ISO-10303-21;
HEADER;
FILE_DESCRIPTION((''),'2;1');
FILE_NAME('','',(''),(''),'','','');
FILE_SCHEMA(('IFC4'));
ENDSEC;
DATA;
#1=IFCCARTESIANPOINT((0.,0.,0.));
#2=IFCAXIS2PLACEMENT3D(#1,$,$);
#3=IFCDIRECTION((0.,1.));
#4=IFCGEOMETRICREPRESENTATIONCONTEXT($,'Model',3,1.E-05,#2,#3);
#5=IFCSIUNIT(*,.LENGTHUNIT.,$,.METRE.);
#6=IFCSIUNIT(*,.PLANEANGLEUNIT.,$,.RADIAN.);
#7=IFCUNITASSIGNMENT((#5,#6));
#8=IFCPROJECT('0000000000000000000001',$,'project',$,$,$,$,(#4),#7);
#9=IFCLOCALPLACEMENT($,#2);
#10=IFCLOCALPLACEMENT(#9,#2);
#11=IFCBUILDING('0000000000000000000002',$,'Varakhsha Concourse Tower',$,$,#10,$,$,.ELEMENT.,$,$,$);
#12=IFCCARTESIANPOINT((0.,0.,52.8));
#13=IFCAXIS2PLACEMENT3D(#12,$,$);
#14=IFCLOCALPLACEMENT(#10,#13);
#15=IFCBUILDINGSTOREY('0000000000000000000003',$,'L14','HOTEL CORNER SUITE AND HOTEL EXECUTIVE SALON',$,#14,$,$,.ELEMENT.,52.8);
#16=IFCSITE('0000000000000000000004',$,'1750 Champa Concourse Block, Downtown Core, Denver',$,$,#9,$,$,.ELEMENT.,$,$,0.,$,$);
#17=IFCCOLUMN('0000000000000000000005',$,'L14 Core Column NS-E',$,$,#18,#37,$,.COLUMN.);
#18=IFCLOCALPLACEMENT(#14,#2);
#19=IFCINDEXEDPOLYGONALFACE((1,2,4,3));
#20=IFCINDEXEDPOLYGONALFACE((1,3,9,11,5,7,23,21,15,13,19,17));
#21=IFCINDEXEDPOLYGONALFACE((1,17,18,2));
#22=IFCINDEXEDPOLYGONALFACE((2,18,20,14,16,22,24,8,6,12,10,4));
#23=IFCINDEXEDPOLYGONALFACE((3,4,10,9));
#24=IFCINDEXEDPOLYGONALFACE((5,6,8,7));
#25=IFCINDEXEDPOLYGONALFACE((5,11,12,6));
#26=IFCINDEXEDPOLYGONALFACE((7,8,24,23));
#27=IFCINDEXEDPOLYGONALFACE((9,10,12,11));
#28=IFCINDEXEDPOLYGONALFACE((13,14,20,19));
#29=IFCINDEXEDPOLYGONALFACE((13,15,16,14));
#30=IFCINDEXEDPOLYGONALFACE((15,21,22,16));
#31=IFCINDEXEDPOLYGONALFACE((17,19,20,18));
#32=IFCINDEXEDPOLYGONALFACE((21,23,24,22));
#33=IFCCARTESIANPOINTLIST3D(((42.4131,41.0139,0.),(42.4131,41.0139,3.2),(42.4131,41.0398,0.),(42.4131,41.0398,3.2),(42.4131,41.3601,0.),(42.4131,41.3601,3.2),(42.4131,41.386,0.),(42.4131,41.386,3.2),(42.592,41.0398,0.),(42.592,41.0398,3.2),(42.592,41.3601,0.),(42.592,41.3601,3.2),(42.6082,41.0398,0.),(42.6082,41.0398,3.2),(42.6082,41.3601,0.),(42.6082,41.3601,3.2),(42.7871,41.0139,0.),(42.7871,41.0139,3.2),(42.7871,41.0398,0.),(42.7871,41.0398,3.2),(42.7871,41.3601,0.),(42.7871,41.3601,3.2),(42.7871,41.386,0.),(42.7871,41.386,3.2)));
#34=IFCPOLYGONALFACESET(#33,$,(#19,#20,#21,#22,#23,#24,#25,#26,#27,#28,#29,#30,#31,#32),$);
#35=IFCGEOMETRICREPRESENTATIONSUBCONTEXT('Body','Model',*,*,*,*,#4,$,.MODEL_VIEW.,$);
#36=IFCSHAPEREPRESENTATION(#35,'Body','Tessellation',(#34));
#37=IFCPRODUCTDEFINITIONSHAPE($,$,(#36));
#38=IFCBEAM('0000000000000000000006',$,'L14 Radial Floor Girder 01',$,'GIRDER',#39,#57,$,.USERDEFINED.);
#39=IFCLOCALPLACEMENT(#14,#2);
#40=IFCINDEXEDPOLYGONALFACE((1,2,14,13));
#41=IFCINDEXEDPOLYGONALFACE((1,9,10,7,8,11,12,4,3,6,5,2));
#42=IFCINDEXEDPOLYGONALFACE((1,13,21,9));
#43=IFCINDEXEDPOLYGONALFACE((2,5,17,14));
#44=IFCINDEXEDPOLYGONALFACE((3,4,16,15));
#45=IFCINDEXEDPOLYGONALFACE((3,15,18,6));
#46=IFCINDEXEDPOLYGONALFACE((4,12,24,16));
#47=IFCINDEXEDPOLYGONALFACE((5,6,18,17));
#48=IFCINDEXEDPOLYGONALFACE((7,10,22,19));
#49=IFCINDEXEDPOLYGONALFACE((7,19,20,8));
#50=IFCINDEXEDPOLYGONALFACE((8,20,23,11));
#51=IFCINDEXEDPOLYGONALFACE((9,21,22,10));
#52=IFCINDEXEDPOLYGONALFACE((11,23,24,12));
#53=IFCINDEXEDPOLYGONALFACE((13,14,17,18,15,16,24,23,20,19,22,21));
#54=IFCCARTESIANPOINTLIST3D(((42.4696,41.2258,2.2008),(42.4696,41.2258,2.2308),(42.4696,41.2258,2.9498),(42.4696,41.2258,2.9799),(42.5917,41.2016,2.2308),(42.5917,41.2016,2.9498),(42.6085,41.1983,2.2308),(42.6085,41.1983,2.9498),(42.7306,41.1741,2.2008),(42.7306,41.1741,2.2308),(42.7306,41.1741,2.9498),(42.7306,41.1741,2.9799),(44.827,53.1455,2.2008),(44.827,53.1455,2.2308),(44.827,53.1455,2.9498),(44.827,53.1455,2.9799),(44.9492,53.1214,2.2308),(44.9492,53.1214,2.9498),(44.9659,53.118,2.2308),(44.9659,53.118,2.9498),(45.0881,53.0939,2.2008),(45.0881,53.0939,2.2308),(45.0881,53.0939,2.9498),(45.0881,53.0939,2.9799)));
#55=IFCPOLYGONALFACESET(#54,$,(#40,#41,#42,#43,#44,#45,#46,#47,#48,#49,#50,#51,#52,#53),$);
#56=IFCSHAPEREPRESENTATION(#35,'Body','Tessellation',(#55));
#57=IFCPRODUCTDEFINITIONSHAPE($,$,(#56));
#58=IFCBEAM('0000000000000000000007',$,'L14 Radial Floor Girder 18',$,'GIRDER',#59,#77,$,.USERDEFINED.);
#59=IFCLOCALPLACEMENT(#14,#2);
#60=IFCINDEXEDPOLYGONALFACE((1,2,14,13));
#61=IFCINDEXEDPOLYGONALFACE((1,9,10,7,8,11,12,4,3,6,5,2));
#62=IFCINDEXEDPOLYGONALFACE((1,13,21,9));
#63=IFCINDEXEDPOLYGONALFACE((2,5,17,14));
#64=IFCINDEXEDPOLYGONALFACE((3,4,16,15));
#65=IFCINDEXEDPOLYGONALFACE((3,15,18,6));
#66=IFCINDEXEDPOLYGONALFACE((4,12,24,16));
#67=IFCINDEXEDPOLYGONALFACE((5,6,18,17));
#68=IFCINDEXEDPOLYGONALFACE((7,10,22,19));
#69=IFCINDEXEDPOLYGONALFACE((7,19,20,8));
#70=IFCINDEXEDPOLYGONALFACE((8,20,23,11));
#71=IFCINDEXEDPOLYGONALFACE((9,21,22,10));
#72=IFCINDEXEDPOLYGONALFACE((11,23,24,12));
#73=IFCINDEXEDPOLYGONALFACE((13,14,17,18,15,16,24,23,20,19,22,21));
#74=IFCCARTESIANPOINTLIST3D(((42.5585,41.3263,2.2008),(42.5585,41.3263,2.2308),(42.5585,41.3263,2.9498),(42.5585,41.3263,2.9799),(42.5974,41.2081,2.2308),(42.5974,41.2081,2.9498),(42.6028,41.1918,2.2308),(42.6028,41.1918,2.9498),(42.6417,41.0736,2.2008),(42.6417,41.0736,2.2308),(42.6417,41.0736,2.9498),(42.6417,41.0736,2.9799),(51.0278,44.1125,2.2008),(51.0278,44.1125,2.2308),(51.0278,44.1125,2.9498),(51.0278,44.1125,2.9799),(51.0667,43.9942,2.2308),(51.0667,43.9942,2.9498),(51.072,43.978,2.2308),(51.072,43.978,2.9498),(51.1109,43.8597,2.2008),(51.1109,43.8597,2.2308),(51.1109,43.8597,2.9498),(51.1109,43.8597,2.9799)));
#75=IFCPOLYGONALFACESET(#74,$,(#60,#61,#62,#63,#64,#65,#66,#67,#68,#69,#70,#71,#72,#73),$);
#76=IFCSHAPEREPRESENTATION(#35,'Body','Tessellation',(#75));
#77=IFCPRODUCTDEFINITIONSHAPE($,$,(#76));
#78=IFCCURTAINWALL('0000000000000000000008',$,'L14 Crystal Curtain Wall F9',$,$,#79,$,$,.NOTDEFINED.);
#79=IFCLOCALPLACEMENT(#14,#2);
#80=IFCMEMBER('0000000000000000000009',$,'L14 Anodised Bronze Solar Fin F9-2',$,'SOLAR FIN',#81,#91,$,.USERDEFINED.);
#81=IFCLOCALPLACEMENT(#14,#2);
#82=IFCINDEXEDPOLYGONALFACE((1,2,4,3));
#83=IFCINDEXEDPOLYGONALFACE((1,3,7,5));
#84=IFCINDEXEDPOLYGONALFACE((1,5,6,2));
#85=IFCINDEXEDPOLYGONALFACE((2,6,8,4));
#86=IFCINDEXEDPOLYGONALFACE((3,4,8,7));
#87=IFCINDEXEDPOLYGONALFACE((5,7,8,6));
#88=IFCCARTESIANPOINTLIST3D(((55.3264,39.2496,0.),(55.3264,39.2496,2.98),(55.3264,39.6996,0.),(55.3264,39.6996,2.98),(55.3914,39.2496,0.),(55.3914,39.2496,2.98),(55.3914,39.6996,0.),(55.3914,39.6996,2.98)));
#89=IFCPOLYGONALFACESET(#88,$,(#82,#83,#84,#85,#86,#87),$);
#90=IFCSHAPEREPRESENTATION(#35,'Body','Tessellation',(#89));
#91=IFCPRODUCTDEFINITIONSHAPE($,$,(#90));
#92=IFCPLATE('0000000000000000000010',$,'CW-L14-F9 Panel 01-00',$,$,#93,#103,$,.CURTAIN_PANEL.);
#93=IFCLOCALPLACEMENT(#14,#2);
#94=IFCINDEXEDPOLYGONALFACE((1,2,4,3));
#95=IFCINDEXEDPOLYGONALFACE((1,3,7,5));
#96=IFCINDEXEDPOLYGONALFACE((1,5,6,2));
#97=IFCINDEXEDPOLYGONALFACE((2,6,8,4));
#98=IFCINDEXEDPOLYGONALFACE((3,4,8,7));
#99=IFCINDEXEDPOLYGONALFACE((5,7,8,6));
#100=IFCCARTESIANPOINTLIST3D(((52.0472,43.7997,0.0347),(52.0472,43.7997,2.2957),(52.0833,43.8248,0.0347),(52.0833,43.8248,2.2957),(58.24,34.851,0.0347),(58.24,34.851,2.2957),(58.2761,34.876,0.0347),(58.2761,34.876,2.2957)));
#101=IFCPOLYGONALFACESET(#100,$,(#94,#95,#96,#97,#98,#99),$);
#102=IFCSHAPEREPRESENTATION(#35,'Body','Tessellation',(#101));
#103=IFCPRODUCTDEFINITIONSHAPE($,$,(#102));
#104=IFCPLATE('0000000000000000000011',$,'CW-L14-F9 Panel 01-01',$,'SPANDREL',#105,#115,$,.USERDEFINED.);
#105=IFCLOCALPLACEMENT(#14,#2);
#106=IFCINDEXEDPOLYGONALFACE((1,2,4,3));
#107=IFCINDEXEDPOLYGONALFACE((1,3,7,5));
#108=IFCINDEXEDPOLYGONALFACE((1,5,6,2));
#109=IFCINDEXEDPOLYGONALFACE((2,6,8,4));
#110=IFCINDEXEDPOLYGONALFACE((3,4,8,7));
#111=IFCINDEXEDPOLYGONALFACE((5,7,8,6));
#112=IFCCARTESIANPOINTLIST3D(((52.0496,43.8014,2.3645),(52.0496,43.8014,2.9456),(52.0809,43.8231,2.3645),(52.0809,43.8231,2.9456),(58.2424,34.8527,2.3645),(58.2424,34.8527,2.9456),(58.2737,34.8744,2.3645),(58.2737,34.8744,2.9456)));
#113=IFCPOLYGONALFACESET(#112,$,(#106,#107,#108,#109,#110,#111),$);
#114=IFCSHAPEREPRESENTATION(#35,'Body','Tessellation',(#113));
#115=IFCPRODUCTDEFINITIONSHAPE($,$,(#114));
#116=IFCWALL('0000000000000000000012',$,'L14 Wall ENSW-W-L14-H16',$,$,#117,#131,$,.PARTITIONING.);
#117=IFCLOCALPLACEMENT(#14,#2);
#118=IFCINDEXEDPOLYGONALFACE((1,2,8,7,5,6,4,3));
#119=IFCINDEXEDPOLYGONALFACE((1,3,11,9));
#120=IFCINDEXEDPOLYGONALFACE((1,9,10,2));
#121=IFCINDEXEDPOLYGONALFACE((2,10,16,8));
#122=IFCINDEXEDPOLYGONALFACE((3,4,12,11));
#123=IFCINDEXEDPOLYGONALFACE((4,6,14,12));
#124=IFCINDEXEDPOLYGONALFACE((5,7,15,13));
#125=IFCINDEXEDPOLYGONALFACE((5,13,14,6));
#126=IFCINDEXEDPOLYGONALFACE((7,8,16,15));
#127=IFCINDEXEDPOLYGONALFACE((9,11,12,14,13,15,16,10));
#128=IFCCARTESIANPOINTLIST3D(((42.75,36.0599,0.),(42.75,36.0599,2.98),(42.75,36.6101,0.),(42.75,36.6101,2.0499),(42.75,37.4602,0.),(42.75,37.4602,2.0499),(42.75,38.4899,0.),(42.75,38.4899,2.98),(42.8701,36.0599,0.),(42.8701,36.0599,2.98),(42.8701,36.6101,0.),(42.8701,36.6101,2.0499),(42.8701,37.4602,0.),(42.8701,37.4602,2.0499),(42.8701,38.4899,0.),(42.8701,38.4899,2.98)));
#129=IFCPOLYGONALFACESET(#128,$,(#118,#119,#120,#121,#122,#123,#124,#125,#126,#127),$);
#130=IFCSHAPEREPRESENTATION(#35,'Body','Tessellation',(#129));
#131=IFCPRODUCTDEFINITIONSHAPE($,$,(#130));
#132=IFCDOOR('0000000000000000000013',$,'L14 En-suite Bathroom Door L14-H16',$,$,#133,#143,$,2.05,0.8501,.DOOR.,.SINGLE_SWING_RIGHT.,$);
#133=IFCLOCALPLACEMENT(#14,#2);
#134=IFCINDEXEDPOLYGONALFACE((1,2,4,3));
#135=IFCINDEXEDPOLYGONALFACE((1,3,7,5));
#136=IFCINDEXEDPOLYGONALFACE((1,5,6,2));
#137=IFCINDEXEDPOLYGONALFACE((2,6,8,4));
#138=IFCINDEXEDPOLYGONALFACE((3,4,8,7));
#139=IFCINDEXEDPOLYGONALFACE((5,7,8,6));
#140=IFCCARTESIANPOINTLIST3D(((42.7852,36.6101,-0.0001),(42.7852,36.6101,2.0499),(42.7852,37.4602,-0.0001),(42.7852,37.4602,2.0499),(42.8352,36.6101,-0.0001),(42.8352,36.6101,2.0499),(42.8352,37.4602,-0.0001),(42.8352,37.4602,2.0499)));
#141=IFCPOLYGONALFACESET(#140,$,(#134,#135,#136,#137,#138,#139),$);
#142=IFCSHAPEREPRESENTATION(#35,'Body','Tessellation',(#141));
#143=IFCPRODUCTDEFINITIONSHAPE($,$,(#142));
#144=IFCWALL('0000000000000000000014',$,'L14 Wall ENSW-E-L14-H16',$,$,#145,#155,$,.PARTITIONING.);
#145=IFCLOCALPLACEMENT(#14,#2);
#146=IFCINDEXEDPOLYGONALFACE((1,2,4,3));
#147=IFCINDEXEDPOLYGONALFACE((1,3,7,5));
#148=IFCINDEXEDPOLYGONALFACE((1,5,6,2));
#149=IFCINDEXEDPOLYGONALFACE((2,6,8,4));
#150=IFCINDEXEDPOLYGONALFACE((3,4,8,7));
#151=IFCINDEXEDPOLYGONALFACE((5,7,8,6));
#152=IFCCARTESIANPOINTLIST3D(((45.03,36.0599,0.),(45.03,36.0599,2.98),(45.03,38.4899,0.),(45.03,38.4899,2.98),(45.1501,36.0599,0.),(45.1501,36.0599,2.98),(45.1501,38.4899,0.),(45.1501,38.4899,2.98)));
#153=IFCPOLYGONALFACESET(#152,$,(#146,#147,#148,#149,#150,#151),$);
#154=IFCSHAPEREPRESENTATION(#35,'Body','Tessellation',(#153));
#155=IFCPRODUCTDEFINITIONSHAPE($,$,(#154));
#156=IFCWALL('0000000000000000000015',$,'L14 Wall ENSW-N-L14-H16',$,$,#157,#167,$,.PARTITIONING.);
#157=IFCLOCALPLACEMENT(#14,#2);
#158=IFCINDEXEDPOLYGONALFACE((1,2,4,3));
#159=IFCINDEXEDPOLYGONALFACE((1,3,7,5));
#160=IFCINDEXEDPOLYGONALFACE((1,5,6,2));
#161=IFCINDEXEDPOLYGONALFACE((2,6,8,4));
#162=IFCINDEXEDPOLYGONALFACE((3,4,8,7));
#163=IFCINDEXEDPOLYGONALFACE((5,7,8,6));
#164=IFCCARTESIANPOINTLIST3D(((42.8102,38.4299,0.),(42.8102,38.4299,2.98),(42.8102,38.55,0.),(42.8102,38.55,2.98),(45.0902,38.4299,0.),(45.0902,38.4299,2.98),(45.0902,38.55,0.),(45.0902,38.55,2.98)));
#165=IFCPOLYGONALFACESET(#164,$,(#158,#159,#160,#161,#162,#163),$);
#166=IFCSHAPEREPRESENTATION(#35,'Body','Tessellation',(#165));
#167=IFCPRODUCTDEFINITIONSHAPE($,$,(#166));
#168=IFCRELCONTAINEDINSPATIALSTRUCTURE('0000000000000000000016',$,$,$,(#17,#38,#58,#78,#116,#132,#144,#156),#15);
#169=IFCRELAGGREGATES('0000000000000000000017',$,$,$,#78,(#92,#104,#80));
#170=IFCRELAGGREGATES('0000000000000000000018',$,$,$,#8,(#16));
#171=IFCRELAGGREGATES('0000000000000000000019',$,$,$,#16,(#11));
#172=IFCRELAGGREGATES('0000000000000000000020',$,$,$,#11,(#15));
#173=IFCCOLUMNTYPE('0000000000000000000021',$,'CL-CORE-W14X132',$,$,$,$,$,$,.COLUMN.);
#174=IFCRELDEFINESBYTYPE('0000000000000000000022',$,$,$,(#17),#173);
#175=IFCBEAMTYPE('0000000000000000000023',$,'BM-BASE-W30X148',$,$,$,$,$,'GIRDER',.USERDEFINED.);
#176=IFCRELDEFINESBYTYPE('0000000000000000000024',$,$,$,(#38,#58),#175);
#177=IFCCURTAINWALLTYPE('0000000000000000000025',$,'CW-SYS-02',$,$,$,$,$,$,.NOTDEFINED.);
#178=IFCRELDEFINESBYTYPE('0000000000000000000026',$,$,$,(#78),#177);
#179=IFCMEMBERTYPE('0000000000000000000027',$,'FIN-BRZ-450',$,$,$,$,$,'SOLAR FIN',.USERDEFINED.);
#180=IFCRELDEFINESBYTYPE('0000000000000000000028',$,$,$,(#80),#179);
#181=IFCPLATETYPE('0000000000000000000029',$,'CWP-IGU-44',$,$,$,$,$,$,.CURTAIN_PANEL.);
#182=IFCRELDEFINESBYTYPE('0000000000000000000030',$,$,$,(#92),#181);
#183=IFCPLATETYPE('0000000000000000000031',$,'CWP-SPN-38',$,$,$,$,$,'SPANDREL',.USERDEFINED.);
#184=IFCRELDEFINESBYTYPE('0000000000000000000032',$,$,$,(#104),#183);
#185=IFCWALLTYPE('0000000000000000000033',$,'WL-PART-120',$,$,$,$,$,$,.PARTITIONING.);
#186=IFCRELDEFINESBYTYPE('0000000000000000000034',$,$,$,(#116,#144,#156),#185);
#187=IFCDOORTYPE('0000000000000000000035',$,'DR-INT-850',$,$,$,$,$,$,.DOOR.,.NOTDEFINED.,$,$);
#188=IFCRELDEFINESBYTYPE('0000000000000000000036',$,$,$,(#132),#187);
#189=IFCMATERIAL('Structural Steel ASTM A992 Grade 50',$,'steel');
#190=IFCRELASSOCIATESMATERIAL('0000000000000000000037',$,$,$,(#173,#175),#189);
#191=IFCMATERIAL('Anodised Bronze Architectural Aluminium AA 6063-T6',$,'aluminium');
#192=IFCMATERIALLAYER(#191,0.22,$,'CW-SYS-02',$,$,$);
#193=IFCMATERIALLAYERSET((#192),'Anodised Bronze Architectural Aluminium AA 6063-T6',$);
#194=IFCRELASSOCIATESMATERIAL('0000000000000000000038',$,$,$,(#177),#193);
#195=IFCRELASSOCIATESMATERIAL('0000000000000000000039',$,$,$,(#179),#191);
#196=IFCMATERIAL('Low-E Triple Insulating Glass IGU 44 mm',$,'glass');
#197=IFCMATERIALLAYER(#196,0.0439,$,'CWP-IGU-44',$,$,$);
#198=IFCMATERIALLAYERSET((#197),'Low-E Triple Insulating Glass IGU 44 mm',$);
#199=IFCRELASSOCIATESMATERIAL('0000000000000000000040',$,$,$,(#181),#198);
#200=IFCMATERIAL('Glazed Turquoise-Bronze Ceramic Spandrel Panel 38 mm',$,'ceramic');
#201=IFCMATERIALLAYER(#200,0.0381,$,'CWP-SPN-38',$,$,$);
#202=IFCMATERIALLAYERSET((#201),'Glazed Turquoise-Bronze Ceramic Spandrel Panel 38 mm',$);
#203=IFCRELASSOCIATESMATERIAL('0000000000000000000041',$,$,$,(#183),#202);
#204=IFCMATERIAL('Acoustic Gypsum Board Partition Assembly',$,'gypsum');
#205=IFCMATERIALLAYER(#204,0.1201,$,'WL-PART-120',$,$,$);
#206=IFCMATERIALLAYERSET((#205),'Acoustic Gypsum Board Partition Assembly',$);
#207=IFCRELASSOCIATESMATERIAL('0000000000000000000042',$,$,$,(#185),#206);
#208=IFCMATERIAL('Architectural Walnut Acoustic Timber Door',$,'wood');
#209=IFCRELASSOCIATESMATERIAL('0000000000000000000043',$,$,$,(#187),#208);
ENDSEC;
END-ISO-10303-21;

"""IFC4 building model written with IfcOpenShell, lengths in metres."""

from ifc_helpers import new_model, si_unit, direction, frame, frame_2d, origin, origin_2d, place, context, subcontext, project, spatial, rectangle, i_section, extrude, source, transform, mapped, material, layer, layer_set, material_profile, profile_set, type_object, type_shapes, element, fill, aggregate, save


model = new_model("IFC4")

# Units and contexts
model_context = context("Model", 3, precision=1e-05, world=origin(), true_north=direction((0.0, 1.0)))
body_context = subcontext(model_context, "Body", "Model", "MODEL_VIEW")
ifc_project = project(units=[si_unit("LENGTHUNIT", "METRE"), si_unit("PLANEANGLEUNIT", "RADIAN")], contexts=[model_context])

# Site, building, storey
site_placement = place(None, origin())
site = spatial("IfcSite", under=ifc_project, at=site_placement, Name="1750 Champa Concourse Block, Downtown Core, Denver", CompositionType="ELEMENT", RefElevation=0.0)
building_placement = place(site_placement, origin())
building = spatial("IfcBuilding", under=site, at=building_placement, Name="Varakhsha Concourse Tower", CompositionType="ELEMENT")
storey_placement = place(building_placement, frame((0.0, 0.0, 52.8)))
storey = spatial("IfcBuildingStorey", under=building, at=storey_placement, Name="L14", Description="HOTEL CORNER SUITE AND HOTEL EXECUTIVE SALON", CompositionType="ELEMENT", Elevation=52.8)

# Column
ifc_material_1 = material(Name="Structural Steel ASTM A992 Grade 50", Category="steel")
ifc_material_profile_1 = material_profile(ifc_material_1, i_section(OverallWidth=0.374, OverallDepth=0.3721, WebThickness=0.0161, FlangeThickness=0.0259, at=origin_2d()), Name="W14X132")
ifc_profile_set_1 = profile_set([ifc_material_profile_1], Name="Structural Steel ASTM A992 Grade 50")
column_type = type_object("IfcColumnType", Name="CL-CORE-W14X132", PredefinedType="COLUMN", material=ifc_profile_set_1)
column_placement = place(storey_placement, frame((42.6001, 41.2, 0.0), z_axis=(0.0, 0.0, 1.0), x_axis=(1.0, 0.0, 0.0)))
element("IfcColumn", 1, at=column_placement, inside=storey, type_object=column_type, Name="L14 Core Column NS-E", PredefinedType="COLUMN", context=body_context, shape_type="SweptSolid", body=[
    extrude(i_section(OverallWidth=0.374, OverallDepth=0.3721, WebThickness=0.0161, FlangeThickness=0.0259, at=origin_2d()), origin(), (0.0, 0.0, 1.0), 3.2),
])

# Beams
ifc_material_profile_2 = material_profile(ifc_material_1, i_section(OverallWidth=0.2661, OverallDepth=0.7791, WebThickness=0.0171, FlangeThickness=0.03, at=origin_2d()), Name="W30X148")
ifc_profile_set_2 = profile_set([ifc_material_profile_2], Name="Structural Steel ASTM A992 Grade 50")
beam_type = type_object("IfcBeamType", Name="BM-BASE-W30X148", ElementType="GIRDER", PredefinedType="USERDEFINED", material=ifc_profile_set_2)
beam_1_placement = place(storey_placement, frame((42.6001, 41.2, 2.5903), z_axis=(0.194018, 0.980998, 0.0), x_axis=(-0.980998, 0.194018, 0.0)))
element("IfcBeam", 2, at=beam_1_placement, inside=storey, type_object=beam_type, Name="L14 Radial Floor Girder 01", ObjectType="GIRDER", PredefinedType="USERDEFINED", context=body_context, shape_type="SweptSolid", body=[
    extrude(i_section(OverallWidth=0.2661, OverallDepth=0.7791, WebThickness=0.0171, FlangeThickness=0.03, at=origin_2d()), origin(), (0.0, 0.0, 1.0), 12.1506),
])
beam_2_placement = place(storey_placement, frame((42.6001, 41.2, 2.5903), z_axis=(0.949919, 0.312496, 0.0), x_axis=(-0.312496, 0.949919, 0.0)))
element("IfcBeam", 3, at=beam_2_placement, inside=storey, type_object=beam_type, Name="L14 Radial Floor Girder 18", ObjectType="GIRDER", PredefinedType="USERDEFINED", context=body_context, shape_type="SweptSolid", body=[
    extrude(i_section(OverallWidth=0.2661, OverallDepth=0.7791, WebThickness=0.0171, FlangeThickness=0.03, at=origin_2d()), origin(), (0.0, 0.0, 1.0), 8.9158),
])

# Curtain wall, member, plates
ifc_material_2 = material(Name="Anodised Bronze Architectural Aluminium AA 6063-T6", Category="aluminium")
ifc_layer_1 = layer(ifc_material_2, 0.22, Name="CW-SYS-02")
ifc_layer_set_1 = layer_set([ifc_layer_1], Name="Anodised Bronze Architectural Aluminium AA 6063-T6")
curtain_wall_type = type_object("IfcCurtainWallType", Name="CW-SYS-02", PredefinedType="NOTDEFINED", material=ifc_layer_set_1)
curtain_wall_placement = place(storey_placement, origin())
curtain_wall = element("IfcCurtainWall", 4, at=curtain_wall_placement, inside=storey, type_object=curtain_wall_type, Name="L14 Crystal Curtain Wall F9", PredefinedType="NOTDEFINED")
ifc_material_profile_3 = material_profile(ifc_material_2, rectangle(XDim=0.0649, YDim=0.45, at=origin_2d()), Name="FIN-BRZ-450")
ifc_profile_set_3 = profile_set([ifc_material_profile_3], Name="Anodised Bronze Architectural Aluminium AA 6063-T6")
member_type = type_object("IfcMemberType", Name="FIN-BRZ-450", ElementType="SOLAR FIN", PredefinedType="USERDEFINED", material=ifc_profile_set_3)
shared_shape_1 = source(origin(), body_context, "Body", "SweptSolid", [
    extrude(rectangle(XDim=0.0649, YDim=0.45, at=origin_2d()), origin(), (0.0, 0.0, 1.0), 2.98),
])
type_shapes(member_type, [shared_shape_1])
member_placement = place(storey_placement, frame((55.3589, 39.4746, 0.0), z_axis=(0.0, 0.0, 1.0), x_axis=(1.0, 0.0, 0.0)))
member = element("IfcMember", 5, at=member_placement, type_object=member_type, Name="L14 Anodised Bronze Solar Fin F9-2", ObjectType="SOLAR FIN", PredefinedType="USERDEFINED", context=body_context, shape_type="MappedRepresentation", body=[
    mapped(shared_shape_1, transform((0.0, 0.0, 0.0), scale=1.0)),
])
ifc_material_3 = material(Name="Low-E Triple Insulating Glass IGU 44 mm", Category="glass")
ifc_layer_2 = layer(ifc_material_3, 0.0439, Name="CWP-IGU-44")
ifc_layer_set_2 = layer_set([ifc_layer_2], Name="Low-E Triple Insulating Glass IGU 44 mm")
plate_type_1 = type_object("IfcPlateType", Name="CWP-IGU-44", PredefinedType="CURTAIN_PANEL", material=ifc_layer_set_2)
shared_shape_2 = source(origin(), body_context, "Body", "SweptSolid", [
    extrude(rectangle(XDim=10.8826, YDim=0.0439, at=origin_2d()), origin(), (0.0, 0.0, 1.0), 2.261),
])
type_shapes(plate_type_1, [shared_shape_2])
plate_1_placement = place(storey_placement, frame((55.1616, 39.3379, 0.0347), z_axis=(0.0, 0.0, 1.0), x_axis=(0.569057, -0.822298, 0.0)))
plate_1 = element("IfcPlate", 6, at=plate_1_placement, type_object=plate_type_1, Name="CW-L14-F9 Panel 01-00", PredefinedType="CURTAIN_PANEL", context=body_context, shape_type="MappedRepresentation", body=[
    mapped(shared_shape_2, transform((0.0, 0.0, 0.0), scale=1.0)),
])
ifc_material_4 = material(Name="Glazed Turquoise-Bronze Ceramic Spandrel Panel 38 mm", Category="ceramic")
ifc_layer_3 = layer(ifc_material_4, 0.0381, Name="CWP-SPN-38")
ifc_layer_set_3 = layer_set([ifc_layer_3], Name="Glazed Turquoise-Bronze Ceramic Spandrel Panel 38 mm")
plate_type_2 = type_object("IfcPlateType", Name="CWP-SPN-38", ElementType="SPANDREL", PredefinedType="USERDEFINED", material=ifc_layer_set_3)
shared_shape_3 = source(origin(), body_context, "Body", "SweptSolid", [
    extrude(rectangle(XDim=10.8826, YDim=0.0381, at=origin_2d()), origin(), (0.0, 0.0, 1.0), 0.5811),
])
type_shapes(plate_type_2, [shared_shape_3])
plate_2_placement = place(storey_placement, frame((55.1616, 39.3379, 2.3645), z_axis=(0.0, 0.0, 1.0), x_axis=(0.569057, -0.822298, 0.0)))
plate_2 = element("IfcPlate", 7, at=plate_2_placement, type_object=plate_type_2, Name="CW-L14-F9 Panel 01-01", ObjectType="SPANDREL", PredefinedType="USERDEFINED", context=body_context, shape_type="MappedRepresentation", body=[
    mapped(shared_shape_3, transform((0.0, 0.0, 0.0), scale=1.0)),
])
aggregate(curtain_wall, [plate_1, plate_2, member])

# Wall, opening, door
ifc_material_5 = material(Name="Acoustic Gypsum Board Partition Assembly", Category="gypsum")
ifc_layer_4 = layer(ifc_material_5, 0.1201, Name="WL-PART-120")
ifc_layer_set_4 = layer_set([ifc_layer_4], Name="Acoustic Gypsum Board Partition Assembly")
wall_type_1 = type_object("IfcWallType", Name="WL-PART-120", PredefinedType="PARTITIONING", material=ifc_layer_set_4)
wall_1_placement = place(storey_placement, frame((42.8101, 36.0601, 0.0), z_axis=(0.0, 0.0, 1.0), x_axis=(0.0, 1.0, 0.0)))
wall_1 = element("IfcWall", 8, at=wall_1_placement, inside=storey, type_object=wall_type_1, Name="L14 Wall ENSW-W-L14-H16", PredefinedType="PARTITIONING", context=body_context, shape_type="SweptSolid", body=[
    extrude(rectangle(XDim=2.4299, YDim=0.1201, at=frame_2d((1.2148, 0.0))), origin(), (0.0, 0.0, 1.0), 2.98),
])
opening_1_placement = place(wall_1_placement, frame((0.55, 0.0, 0.0)))
opening_1 = element("IfcOpeningElement", 9, at=opening_1_placement, cuts=wall_1, PredefinedType="OPENING", context=body_context, shape_type="SweptSolid", body=[
    extrude(rectangle(XDim=0.8501, YDim=2.05, at=frame_2d((0.425, 1.0249))), frame((0.0, 0.0701, 0.0), z_axis=(0.0, -1.0, 0.0), x_axis=(1.0, 0.0, 0.0)), (0.0, 0.0, 1.0), 0.1401),
])
ifc_material_6 = material(Name="Architectural Walnut Acoustic Timber Door", Category="wood")
door_type = type_object("IfcDoorType", Name="DR-INT-850", OperationType="NOTDEFINED", PredefinedType="DOOR", material=ifc_material_6)
door_1_placement = place(opening_1_placement, origin())
door_1 = element("IfcDoor", 10, at=door_1_placement, inside=storey, type_object=door_type, Name="L14 En-suite Bathroom Door L14-H16", OperationType="SINGLE_SWING_RIGHT", OverallHeight=2.05, OverallWidth=0.8501, PredefinedType="DOOR", context=body_context, shape_type="SweptSolid", body=[
    extrude(rectangle(XDim=0.8501, YDim=2.05, at=frame_2d((0.425, 1.0249))), frame((0.0, 0.0249, 0.0), z_axis=(0.0, -1.0, 0.0), x_axis=(1.0, 0.0, 0.0)), (0.0, 0.0, 1.0), 0.05),
])
fill(opening_1, door_1)

# Walls
wall_2_placement = place(storey_placement, frame((45.0901, 36.0601, 0.0), z_axis=(0.0, 0.0, 1.0), x_axis=(0.0, 1.0, 0.0)))
element("IfcWall", 11, at=wall_2_placement, inside=storey, type_object=wall_type_1, Name="L14 Wall ENSW-E-L14-H16", PredefinedType="PARTITIONING", context=body_context, shape_type="SweptSolid", body=[
    extrude(rectangle(XDim=2.4299, YDim=0.1201, at=frame_2d((1.2148, 0.0))), origin(), (0.0, 0.0, 1.0), 2.98),
])
wall_3_placement = place(storey_placement, frame((42.8101, 38.49, 0.0), z_axis=(0.0, 0.0, 1.0), x_axis=(1.0, 0.0, 0.0)))
element("IfcWall", 12, at=wall_3_placement, inside=storey, type_object=wall_type_1, Name="L14 Wall ENSW-N-L14-H16", PredefinedType="PARTITIONING", context=body_context, shape_type="SweptSolid", body=[
    extrude(rectangle(XDim=2.28, YDim=0.1201, at=frame_2d((1.1401, 0.0))), origin(), (0.0, 0.0, 1.0), 2.98),
])

save(model, "model.ifc")
